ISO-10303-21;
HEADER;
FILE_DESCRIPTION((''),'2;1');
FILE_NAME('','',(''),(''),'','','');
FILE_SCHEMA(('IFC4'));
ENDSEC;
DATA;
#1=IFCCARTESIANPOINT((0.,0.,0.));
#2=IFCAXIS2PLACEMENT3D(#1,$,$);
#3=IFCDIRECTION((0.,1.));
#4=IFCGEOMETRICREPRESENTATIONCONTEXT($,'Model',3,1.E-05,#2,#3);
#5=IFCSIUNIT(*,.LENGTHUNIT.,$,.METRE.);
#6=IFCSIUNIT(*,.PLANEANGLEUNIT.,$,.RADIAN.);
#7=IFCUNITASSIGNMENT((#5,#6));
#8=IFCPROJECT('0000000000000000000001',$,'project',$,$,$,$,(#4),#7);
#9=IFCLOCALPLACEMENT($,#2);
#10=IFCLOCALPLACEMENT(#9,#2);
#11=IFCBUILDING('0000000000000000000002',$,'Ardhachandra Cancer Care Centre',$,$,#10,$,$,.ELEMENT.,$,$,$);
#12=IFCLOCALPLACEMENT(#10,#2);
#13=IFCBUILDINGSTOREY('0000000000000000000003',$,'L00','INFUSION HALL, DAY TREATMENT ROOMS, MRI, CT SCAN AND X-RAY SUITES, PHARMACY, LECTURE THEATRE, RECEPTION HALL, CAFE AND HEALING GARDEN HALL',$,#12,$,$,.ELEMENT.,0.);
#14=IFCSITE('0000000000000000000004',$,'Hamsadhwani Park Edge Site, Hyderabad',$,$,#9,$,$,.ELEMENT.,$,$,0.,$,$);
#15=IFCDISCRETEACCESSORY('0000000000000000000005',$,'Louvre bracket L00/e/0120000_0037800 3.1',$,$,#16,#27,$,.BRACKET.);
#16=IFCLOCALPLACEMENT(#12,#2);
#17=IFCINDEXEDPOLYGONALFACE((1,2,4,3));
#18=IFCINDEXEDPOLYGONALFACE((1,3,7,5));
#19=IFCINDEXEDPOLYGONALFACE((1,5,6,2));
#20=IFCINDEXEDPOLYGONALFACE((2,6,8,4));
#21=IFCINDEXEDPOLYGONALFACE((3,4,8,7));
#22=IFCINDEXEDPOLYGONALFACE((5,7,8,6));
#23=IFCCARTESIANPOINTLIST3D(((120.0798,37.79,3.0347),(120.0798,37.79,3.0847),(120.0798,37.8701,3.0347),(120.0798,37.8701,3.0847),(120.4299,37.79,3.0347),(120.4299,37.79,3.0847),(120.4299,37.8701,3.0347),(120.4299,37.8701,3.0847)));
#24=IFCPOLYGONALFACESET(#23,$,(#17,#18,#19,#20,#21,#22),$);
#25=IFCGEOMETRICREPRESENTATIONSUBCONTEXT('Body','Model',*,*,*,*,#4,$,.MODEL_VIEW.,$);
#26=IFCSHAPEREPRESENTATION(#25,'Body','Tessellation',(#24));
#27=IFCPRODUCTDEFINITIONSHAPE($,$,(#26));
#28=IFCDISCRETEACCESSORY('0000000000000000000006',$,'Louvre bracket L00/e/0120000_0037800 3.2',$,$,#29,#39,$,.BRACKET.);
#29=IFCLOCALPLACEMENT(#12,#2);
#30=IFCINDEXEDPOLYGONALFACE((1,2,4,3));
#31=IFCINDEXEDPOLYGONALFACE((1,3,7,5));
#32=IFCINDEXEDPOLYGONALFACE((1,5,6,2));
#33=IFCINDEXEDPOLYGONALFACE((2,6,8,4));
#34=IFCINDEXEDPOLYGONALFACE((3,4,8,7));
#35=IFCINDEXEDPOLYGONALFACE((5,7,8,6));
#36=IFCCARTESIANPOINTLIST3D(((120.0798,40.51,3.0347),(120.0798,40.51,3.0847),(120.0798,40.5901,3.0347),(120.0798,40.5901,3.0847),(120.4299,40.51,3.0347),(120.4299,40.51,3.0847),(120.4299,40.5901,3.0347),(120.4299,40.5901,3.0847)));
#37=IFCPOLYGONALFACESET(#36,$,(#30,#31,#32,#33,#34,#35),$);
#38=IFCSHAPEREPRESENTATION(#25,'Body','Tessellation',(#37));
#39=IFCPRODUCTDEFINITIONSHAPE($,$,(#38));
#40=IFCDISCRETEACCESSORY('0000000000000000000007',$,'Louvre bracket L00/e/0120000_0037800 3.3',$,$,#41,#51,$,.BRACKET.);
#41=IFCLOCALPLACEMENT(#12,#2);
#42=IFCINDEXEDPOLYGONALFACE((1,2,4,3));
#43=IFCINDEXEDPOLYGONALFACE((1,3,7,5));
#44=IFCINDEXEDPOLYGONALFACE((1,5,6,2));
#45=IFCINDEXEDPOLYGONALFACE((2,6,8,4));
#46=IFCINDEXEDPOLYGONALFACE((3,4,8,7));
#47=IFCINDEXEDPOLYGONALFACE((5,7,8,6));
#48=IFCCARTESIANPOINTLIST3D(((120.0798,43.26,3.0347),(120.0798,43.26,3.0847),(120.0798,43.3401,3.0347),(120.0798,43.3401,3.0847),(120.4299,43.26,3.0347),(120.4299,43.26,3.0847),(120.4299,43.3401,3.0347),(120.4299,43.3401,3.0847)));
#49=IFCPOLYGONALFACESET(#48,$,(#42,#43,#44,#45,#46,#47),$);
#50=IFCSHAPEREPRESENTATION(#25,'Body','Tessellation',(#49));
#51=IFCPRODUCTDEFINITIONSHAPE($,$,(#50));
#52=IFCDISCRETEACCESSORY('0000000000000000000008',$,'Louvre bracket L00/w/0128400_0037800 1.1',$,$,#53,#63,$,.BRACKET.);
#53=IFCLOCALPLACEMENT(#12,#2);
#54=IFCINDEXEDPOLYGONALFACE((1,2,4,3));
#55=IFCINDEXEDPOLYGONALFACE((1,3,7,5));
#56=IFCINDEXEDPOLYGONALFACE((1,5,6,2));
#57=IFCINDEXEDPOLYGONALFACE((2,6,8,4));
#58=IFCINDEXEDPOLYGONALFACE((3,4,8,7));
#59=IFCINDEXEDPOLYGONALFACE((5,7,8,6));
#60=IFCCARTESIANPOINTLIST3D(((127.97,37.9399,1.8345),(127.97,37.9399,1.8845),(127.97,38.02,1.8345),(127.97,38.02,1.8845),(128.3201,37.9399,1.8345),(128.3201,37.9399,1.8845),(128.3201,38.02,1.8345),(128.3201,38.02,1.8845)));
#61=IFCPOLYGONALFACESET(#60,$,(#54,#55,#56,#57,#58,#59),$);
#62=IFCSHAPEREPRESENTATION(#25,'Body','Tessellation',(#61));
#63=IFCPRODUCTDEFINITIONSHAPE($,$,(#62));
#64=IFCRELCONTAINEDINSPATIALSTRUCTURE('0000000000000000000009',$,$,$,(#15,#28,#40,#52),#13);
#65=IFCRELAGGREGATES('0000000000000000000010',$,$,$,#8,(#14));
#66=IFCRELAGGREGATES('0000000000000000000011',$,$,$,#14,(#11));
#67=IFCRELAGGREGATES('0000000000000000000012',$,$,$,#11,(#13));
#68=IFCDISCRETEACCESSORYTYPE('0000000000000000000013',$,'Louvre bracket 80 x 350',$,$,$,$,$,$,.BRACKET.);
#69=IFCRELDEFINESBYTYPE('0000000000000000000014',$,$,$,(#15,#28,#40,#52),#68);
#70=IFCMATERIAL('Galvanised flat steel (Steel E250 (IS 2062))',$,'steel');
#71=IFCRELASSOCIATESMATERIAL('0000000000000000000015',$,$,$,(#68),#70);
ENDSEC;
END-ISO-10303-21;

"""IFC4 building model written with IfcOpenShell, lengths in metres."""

from ifc_helpers import new_model, si_unit, direction, frame, origin, origin_2d, place, context, subcontext, project, spatial, rectangle, extrude, material, type_object, element, save


model = new_model("IFC4")

# Units and contexts
model_context = context("Model", 3, precision=1e-05, world=origin(), true_north=direction((0.0, 1.0)))
body_context = subcontext(model_context, "Body", "Model", "MODEL_VIEW")
ifc_project = project(units=[si_unit("LENGTHUNIT", "METRE"), si_unit("PLANEANGLEUNIT", "RADIAN")], contexts=[model_context])

# Site, building, storey
site_placement = place(None, origin())
site = spatial("IfcSite", under=ifc_project, at=site_placement, Name="Hamsadhwani Park Edge Site, Hyderabad", CompositionType="ELEMENT", RefElevation=0.0)
building_placement = place(site_placement, origin())
building = spatial("IfcBuilding", under=site, at=building_placement, Name="Ardhachandra Cancer Care Centre", CompositionType="ELEMENT")
storey_placement = place(building_placement, origin())
storey = spatial("IfcBuildingStorey", under=building, at=storey_placement, Name="L00", Description="INFUSION HALL, DAY TREATMENT ROOMS, MRI, CT SCAN AND X-RAY SUITES, PHARMACY, LECTURE THEATRE, RECEPTION HALL, CAFE AND HEALING GARDEN HALL", CompositionType="ELEMENT", Elevation=0.0)

# Discrete accessories
ifc_material_1 = material(Name="Galvanised flat steel (Steel E250 (IS 2062))", Category="steel")
discrete_accessory_type = type_object("IfcDiscreteAccessoryType", Name="Louvre bracket 80 x 350", PredefinedType="BRACKET", material=ifc_material_1)
for number, where, z_axis, x_axis, name in (
    (1, (120.2549, 37.8301, 3.0347), (0.0, 0.0, 1.0), (0.0, 1.0, 0.0), "Louvre bracket L00/e/0120000_0037800 3.1"),
    (2, (120.2549, 40.55, 3.0347), (0.0, 0.0, 1.0), (0.0, 1.0, 0.0), "Louvre bracket L00/e/0120000_0037800 3.2"),
    (3, (120.2549, 43.3, 3.0347), (0.0, 0.0, 1.0), (0.0, 1.0, 0.0), "Louvre bracket L00/e/0120000_0037800 3.3"),
    (4, (128.145, 37.98, 1.8345), (0.0, 0.0, 1.0), (0.0, 1.0, 0.0), "Louvre bracket L00/w/0128400_0037800 1.1"),
):
    element("IfcDiscreteAccessory", number, at=place(storey_placement, frame(where, z_axis=z_axis, x_axis=x_axis)), inside=storey, type_object=discrete_accessory_type, Name=name, PredefinedType="BRACKET", context=body_context, shape_type="SweptSolid", body=[
        extrude(rectangle(XDim=0.0801, YDim=0.3501, at=origin_2d()), origin(), (0.0, 0.0, 1.0), 0.05),
    ])

save(model, "model.ifc")
